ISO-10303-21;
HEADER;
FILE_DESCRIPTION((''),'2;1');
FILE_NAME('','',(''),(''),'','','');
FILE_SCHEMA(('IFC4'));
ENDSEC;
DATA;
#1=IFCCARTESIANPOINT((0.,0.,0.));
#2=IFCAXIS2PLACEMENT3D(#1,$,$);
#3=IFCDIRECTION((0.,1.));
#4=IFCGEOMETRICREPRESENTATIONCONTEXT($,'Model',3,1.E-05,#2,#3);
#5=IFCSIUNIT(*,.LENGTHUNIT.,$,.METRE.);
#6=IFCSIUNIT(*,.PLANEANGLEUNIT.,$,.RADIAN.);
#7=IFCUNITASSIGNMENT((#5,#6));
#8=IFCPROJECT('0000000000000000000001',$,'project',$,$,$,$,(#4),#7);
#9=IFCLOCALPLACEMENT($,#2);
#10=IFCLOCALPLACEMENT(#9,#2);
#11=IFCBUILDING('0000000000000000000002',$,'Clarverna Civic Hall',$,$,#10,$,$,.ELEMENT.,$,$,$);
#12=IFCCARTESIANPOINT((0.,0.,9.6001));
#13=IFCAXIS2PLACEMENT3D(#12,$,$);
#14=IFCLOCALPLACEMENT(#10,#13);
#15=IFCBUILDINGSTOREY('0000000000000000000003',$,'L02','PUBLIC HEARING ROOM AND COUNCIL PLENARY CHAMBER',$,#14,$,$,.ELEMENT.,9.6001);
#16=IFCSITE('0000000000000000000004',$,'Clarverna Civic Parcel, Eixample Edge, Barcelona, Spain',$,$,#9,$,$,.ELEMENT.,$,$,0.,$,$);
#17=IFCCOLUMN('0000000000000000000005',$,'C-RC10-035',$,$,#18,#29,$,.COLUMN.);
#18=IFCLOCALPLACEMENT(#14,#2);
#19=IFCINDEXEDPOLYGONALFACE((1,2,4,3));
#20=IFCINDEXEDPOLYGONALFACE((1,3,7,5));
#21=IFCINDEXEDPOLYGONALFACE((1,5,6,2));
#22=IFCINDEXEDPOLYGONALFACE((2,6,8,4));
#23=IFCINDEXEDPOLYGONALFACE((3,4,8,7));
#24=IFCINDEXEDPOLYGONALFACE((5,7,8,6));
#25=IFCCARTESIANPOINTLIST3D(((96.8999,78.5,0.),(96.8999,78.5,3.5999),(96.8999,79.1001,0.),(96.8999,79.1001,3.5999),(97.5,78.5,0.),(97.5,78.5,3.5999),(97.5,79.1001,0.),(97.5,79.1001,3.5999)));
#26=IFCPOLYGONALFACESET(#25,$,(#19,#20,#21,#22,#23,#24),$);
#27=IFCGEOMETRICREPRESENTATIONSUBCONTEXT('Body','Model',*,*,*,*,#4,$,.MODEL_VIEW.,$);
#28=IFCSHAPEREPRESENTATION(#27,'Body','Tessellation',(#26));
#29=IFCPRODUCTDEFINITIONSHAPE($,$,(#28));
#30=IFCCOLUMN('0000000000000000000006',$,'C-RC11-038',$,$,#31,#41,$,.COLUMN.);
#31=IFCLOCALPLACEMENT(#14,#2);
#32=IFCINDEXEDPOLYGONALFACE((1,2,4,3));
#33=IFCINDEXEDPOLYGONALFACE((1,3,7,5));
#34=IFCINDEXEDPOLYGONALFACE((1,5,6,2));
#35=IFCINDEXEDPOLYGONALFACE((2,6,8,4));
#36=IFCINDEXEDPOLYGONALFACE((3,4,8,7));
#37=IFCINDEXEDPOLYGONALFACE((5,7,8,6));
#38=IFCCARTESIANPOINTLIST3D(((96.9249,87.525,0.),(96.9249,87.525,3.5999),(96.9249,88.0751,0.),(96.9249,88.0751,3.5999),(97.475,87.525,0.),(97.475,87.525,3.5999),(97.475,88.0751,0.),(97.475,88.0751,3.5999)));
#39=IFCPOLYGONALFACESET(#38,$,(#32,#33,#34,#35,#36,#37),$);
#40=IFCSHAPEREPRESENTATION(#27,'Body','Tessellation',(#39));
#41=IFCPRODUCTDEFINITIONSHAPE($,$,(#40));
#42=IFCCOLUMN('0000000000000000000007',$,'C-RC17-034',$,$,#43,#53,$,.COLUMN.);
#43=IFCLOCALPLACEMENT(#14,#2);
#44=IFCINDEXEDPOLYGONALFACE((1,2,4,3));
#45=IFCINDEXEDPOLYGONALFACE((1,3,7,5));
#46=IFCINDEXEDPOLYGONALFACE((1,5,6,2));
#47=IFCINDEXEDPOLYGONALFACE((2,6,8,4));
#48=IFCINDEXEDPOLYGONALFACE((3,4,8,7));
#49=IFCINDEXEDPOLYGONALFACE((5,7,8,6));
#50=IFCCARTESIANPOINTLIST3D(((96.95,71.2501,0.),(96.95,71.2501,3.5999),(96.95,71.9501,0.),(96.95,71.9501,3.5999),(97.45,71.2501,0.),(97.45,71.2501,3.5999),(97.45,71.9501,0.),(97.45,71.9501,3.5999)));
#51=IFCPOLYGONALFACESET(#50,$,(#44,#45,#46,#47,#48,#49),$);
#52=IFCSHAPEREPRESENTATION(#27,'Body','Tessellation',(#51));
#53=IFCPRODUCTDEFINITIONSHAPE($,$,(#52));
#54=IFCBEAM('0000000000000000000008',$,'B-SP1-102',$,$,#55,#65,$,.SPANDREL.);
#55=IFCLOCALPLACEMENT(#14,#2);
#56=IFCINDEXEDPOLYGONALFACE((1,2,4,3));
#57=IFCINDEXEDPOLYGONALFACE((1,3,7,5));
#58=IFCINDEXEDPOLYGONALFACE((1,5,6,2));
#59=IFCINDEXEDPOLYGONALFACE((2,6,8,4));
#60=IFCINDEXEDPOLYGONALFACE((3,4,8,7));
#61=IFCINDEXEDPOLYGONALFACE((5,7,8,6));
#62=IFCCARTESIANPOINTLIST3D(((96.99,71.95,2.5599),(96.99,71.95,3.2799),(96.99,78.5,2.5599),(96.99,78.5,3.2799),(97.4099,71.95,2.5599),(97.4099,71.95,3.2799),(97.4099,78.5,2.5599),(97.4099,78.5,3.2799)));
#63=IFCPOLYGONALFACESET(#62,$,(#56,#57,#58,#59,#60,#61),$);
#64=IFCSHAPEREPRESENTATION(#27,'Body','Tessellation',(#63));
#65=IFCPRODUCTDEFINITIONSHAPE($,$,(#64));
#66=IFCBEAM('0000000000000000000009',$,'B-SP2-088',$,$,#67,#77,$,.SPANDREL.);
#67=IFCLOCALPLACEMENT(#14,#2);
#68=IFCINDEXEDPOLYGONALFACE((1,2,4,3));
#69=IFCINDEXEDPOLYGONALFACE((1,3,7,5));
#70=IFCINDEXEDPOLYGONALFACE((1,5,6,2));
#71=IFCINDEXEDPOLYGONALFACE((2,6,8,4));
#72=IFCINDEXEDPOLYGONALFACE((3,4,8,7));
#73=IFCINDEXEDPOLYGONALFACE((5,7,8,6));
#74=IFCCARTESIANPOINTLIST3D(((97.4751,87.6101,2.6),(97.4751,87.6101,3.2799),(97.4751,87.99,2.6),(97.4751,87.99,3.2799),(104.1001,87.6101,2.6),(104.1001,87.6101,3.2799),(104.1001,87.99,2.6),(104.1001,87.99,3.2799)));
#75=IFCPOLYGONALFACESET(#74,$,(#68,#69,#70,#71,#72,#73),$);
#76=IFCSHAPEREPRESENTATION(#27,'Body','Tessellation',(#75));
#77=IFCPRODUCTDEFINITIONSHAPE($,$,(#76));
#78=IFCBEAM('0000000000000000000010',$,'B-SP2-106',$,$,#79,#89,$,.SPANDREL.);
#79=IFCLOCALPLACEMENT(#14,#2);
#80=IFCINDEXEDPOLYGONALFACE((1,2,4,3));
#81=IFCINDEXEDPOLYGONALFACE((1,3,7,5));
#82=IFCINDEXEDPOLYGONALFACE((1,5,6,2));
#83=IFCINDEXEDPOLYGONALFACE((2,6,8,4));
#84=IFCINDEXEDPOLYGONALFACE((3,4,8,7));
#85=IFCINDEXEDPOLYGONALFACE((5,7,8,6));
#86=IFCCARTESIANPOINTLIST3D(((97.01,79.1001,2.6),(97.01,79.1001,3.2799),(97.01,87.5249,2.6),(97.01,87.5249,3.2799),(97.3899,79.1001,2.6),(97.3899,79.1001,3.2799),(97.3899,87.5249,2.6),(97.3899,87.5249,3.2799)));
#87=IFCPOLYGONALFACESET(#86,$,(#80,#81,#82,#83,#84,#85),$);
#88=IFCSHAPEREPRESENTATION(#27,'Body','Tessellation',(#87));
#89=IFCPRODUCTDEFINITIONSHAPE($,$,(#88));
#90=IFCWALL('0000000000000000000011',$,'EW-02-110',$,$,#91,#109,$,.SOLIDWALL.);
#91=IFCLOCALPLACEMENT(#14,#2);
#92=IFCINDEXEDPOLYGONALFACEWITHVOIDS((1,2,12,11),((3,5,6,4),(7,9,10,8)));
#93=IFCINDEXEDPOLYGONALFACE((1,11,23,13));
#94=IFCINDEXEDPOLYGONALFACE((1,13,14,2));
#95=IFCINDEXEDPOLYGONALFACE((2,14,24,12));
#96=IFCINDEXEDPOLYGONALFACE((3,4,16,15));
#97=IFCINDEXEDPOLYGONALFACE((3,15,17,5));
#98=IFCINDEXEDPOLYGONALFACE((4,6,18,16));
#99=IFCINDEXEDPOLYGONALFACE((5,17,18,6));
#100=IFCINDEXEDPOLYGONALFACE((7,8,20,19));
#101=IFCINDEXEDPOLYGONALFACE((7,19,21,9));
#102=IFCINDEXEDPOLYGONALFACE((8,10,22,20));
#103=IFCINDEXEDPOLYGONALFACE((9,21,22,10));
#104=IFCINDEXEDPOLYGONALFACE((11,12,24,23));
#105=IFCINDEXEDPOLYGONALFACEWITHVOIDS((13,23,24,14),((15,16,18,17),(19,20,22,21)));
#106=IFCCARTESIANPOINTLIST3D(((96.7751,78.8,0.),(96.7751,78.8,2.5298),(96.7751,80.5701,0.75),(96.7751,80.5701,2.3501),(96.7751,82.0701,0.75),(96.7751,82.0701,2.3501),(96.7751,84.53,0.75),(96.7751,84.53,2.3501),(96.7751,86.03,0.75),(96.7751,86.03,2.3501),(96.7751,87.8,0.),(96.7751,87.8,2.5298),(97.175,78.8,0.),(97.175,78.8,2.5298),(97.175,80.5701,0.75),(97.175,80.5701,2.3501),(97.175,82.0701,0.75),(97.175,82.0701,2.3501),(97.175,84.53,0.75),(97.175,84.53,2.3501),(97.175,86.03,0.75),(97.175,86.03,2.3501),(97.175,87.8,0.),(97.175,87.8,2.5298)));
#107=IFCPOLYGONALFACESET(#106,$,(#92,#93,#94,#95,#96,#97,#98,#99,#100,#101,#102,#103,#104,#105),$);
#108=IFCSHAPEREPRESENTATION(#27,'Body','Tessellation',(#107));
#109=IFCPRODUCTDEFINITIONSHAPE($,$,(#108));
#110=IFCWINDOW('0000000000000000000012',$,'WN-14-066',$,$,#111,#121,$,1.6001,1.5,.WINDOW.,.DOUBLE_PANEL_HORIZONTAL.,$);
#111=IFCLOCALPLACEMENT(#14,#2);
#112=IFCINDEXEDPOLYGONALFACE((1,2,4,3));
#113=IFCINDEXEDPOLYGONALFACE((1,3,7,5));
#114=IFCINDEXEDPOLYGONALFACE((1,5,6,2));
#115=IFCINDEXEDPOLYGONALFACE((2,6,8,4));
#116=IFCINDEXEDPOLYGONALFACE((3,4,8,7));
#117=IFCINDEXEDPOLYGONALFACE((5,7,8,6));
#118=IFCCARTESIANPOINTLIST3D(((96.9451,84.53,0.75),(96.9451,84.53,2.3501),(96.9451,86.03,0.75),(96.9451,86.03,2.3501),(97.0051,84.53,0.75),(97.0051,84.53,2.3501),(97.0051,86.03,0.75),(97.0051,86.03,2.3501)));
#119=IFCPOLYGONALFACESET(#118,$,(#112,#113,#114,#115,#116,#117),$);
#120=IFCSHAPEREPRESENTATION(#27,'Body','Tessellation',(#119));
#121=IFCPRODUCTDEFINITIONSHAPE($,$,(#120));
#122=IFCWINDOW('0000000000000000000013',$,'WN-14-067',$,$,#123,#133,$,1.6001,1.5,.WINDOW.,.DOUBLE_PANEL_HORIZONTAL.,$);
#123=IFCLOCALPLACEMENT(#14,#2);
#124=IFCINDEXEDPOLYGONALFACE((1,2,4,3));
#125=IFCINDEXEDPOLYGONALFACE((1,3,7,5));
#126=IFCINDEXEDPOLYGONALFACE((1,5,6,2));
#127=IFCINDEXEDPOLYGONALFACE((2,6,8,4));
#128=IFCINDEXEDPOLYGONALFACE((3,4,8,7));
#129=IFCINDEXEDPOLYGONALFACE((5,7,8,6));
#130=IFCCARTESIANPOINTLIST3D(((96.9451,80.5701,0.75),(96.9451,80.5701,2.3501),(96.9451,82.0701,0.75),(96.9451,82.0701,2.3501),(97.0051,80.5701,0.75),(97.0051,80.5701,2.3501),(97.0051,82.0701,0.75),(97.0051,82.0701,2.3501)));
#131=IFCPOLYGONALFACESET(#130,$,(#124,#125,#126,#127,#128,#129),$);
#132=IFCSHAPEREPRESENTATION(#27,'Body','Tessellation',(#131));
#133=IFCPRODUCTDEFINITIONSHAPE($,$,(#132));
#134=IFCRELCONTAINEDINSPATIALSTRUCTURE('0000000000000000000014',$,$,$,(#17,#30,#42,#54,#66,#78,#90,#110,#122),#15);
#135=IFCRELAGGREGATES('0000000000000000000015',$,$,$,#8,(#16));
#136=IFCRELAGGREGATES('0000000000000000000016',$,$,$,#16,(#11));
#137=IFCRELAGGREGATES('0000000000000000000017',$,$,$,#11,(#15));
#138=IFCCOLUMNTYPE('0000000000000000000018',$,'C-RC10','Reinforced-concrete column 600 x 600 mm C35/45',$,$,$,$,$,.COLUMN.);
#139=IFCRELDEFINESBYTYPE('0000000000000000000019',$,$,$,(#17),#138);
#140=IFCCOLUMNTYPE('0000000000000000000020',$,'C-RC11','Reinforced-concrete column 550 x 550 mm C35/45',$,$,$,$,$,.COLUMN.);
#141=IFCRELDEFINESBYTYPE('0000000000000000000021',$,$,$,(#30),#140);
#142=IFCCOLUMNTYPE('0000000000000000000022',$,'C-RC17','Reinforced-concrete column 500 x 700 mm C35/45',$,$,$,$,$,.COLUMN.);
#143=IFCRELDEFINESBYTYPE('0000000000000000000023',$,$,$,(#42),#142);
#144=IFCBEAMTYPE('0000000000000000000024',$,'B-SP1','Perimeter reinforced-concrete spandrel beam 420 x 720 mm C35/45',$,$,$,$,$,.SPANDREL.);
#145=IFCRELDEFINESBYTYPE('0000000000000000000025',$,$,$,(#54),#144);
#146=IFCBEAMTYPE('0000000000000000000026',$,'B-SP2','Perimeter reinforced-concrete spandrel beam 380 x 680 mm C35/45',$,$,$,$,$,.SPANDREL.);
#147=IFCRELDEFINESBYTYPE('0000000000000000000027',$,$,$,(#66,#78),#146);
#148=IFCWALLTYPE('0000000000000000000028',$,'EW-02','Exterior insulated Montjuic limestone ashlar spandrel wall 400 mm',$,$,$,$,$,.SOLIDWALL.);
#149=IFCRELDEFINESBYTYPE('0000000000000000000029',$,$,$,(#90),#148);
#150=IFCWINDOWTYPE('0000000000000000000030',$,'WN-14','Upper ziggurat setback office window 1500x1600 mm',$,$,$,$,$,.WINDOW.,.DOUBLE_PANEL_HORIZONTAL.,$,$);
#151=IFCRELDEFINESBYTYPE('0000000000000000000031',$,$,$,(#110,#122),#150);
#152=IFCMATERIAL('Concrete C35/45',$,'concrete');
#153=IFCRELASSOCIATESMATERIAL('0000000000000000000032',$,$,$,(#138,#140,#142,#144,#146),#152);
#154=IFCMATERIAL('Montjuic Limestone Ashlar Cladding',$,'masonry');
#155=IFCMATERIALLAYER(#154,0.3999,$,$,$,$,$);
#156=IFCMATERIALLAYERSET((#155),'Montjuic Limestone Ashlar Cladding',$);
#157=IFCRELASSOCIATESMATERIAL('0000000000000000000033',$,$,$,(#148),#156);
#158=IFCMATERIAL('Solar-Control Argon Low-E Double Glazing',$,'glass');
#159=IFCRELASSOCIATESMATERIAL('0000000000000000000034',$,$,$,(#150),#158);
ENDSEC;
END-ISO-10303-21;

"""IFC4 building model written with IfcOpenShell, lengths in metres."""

from ifc_helpers import new_model, si_unit, direction, frame, frame_2d, origin, origin_2d, place, context, subcontext, project, spatial, rectangle, extrude, material, layer, layer_set, material_profile, profile_set, type_object, element, fill, save


model = new_model("IFC4")

# Units and contexts
model_context = context("Model", 3, precision=1e-05, world=origin(), true_north=direction((0.0, 1.0)))
body_context = subcontext(model_context, "Body", "Model", "MODEL_VIEW")
ifc_project = project(units=[si_unit("LENGTHUNIT", "METRE"), si_unit("PLANEANGLEUNIT", "RADIAN")], contexts=[model_context])

# Site, building, storey
site_placement = place(None, origin())
site = spatial("IfcSite", under=ifc_project, at=site_placement, Name="Clarverna Civic Parcel, Eixample Edge, Barcelona, Spain", CompositionType="ELEMENT", RefElevation=0.0)
building_placement = place(site_placement, origin())
building = spatial("IfcBuilding", under=site, at=building_placement, Name="Clarverna Civic Hall", CompositionType="ELEMENT")
storey_placement = place(building_placement, frame((0.0, 0.0, 9.6001)))
storey = spatial("IfcBuildingStorey", under=building, at=storey_placement, Name="L02", Description="PUBLIC HEARING ROOM AND COUNCIL PLENARY CHAMBER", CompositionType="ELEMENT", Elevation=9.6001)

# Columns
ifc_material_1 = material(Name="Concrete C35/45", Category="concrete")
ifc_material_profile_1 = material_profile(ifc_material_1, rectangle(XDim=0.6001, YDim=0.6001, at=origin_2d()), Name="RC 600x600")
ifc_profile_set_1 = profile_set([ifc_material_profile_1], Name="Concrete C35/45")
column_type_1 = type_object("IfcColumnType", Name="C-RC10", Description="Reinforced-concrete column 600 x 600 mm C35/45", PredefinedType="COLUMN", material=ifc_profile_set_1)
column_1_placement = place(storey_placement, frame((97.2, 78.8, 0.0), z_axis=(0.0, 0.0, 1.0), x_axis=(1.0, 0.0, 0.0)))
element("IfcColumn", 1, at=column_1_placement, inside=storey, type_object=column_type_1, Name="C-RC10-035", PredefinedType="COLUMN", context=body_context, shape_type="SweptSolid", body=[
    extrude(rectangle(XDim=0.6001, YDim=0.6001, at=origin_2d()), origin(), (0.0, 0.0, 1.0), 3.5999),
])
ifc_material_profile_2 = material_profile(ifc_material_1, rectangle(XDim=0.55, YDim=0.55, at=origin_2d()), Name="RC 550x550")
ifc_profile_set_2 = profile_set([ifc_material_profile_2], Name="Concrete C35/45")
column_type_2 = type_object("IfcColumnType", Name="C-RC11", Description="Reinforced-concrete column 550 x 550 mm C35/45", PredefinedType="COLUMN", material=ifc_profile_set_2)
column_2_placement = place(storey_placement, frame((97.2, 87.8, 0.0), z_axis=(0.0, 0.0, 1.0), x_axis=(1.0, 0.0, 0.0)))
element("IfcColumn", 2, at=column_2_placement, inside=storey, type_object=column_type_2, Name="C-RC11-038", PredefinedType="COLUMN", context=body_context, shape_type="SweptSolid", body=[
    extrude(rectangle(XDim=0.55, YDim=0.55, at=origin_2d()), origin(), (0.0, 0.0, 1.0), 3.5999),
])
ifc_material_profile_3 = material_profile(ifc_material_1, rectangle(XDim=0.5, YDim=0.7, at=origin_2d()), Name="RC 500x700")
ifc_profile_set_3 = profile_set([ifc_material_profile_3], Name="Concrete C35/45")
column_type_3 = type_object("IfcColumnType", Name="C-RC17", Description="Reinforced-concrete column 500 x 700 mm C35/45", PredefinedType="COLUMN", material=ifc_profile_set_3)
column_3_placement = place(storey_placement, frame((97.2, 71.6001, 0.0), z_axis=(0.0, 0.0, 1.0), x_axis=(1.0, 0.0, 0.0)))
element("IfcColumn", 3, at=column_3_placement, inside=storey, type_object=column_type_3, Name="C-RC17-034", PredefinedType="COLUMN", context=body_context, shape_type="SweptSolid", body=[
    extrude(rectangle(XDim=0.5, YDim=0.7, at=origin_2d()), origin(), (0.0, 0.0, 1.0), 3.5999),
])

# Beams
ifc_material_profile_4 = material_profile(ifc_material_1, rectangle(XDim=0.4199, YDim=0.72, at=origin_2d()), Name="RC 420x720")
ifc_profile_set_4 = profile_set([ifc_material_profile_4], Name="Concrete C35/45")
beam_type_1 = type_object("IfcBeamType", Name="B-SP1", Description="Perimeter reinforced-concrete spandrel beam 420 x 720 mm C35/45", PredefinedType="SPANDREL", material=ifc_profile_set_4)
beam_1_placement = place(storey_placement, frame((97.2, 71.95, 2.9199), z_axis=(0.0, 1.0, 0.0), x_axis=(-1.0, 0.0, 0.0)))
element("IfcBeam", 4, at=beam_1_placement, inside=storey, type_object=beam_type_1, Name="B-SP1-102", PredefinedType="SPANDREL", context=body_context, shape_type="SweptSolid", body=[
    extrude(rectangle(XDim=0.4199, YDim=0.72, at=origin_2d()), origin(), (0.0, 0.0, 1.0), 6.55),
])
ifc_material_profile_5 = material_profile(ifc_material_1, rectangle(XDim=0.3799, YDim=0.6799, at=origin_2d()), Name="RC 380x680")
ifc_profile_set_5 = profile_set([ifc_material_profile_5], Name="Concrete C35/45")
beam_type_2 = type_object("IfcBeamType", Name="B-SP2", Description="Perimeter reinforced-concrete spandrel beam 380 x 680 mm C35/45", PredefinedType="SPANDREL", material=ifc_profile_set_5)
beam_2_placement = place(storey_placement, frame((97.4751, 87.8, 2.9399), z_axis=(1.0, 0.0, 0.0), x_axis=(0.0, 1.0, 0.0)))
element("IfcBeam", 5, at=beam_2_placement, inside=storey, type_object=beam_type_2, Name="B-SP2-088", PredefinedType="SPANDREL", context=body_context, shape_type="SweptSolid", body=[
    extrude(rectangle(XDim=0.3799, YDim=0.6799, at=origin_2d()), origin(), (0.0, 0.0, 1.0), 6.625),
])
beam_3_placement = place(storey_placement, frame((97.2, 79.1001, 2.9399), z_axis=(0.0, 1.0, 0.0), x_axis=(-1.0, 0.0, 0.0)))
element("IfcBeam", 6, at=beam_3_placement, inside=storey, type_object=beam_type_2, Name="B-SP2-106", PredefinedType="SPANDREL", context=body_context, shape_type="SweptSolid", body=[
    extrude(rectangle(XDim=0.3799, YDim=0.6799, at=origin_2d()), origin(), (0.0, 0.0, 1.0), 8.4248),
])

# Wall, openings, windows
ifc_material_2 = material(Name="Montjuic Limestone Ashlar Cladding", Category="masonry")
ifc_layer_1 = layer(ifc_material_2, 0.3999)
ifc_layer_set_1 = layer_set([ifc_layer_1], Name="Montjuic Limestone Ashlar Cladding")
wall_type_1 = type_object("IfcWallType", Name="EW-02", Description="Exterior insulated Montjuic limestone ashlar spandrel wall 400 mm", PredefinedType="SOLIDWALL", material=ifc_layer_set_1)
wall_1_placement = place(storey_placement, frame((96.9751, 87.8, 0.0), z_axis=(0.0, 0.0, 1.0), x_axis=(0.0, -1.0, 0.0)))
wall_1 = element("IfcWall", 7, at=wall_1_placement, inside=storey, type_object=wall_type_1, Name="EW-02-110", PredefinedType="SOLIDWALL", context=body_context, shape_type="SweptSolid", body=[
    extrude(rectangle(XDim=9.0, YDim=0.3999, at=frame_2d((4.5, 0.0))), origin(), (0.0, 0.0, 1.0), 2.5298),
])
opening_1_placement = place(wall_1_placement, frame((1.77, 0.0, 0.75)))
opening_1 = element("IfcOpeningElement", 8, at=opening_1_placement, cuts=wall_1, PredefinedType="OPENING", context=body_context, shape_type="SweptSolid", body=[
    extrude(rectangle(XDim=1.5, YDim=1.6001, at=frame_2d((0.75, 0.8))), frame((0.0, 0.21, 0.0), z_axis=(0.0, -1.0, 0.0), x_axis=(1.0, 0.0, 0.0)), (0.0, 0.0, 1.0), 0.4199),
])
opening_2_placement = place(wall_1_placement, frame((5.73, 0.0, 0.75)))
opening_2 = element("IfcOpeningElement", 9, at=opening_2_placement, cuts=wall_1, PredefinedType="OPENING", context=body_context, shape_type="SweptSolid", body=[
    extrude(rectangle(XDim=1.5, YDim=1.6001, at=frame_2d((0.75, 0.8))), frame((0.0, 0.21, 0.0), z_axis=(0.0, -1.0, 0.0), x_axis=(1.0, 0.0, 0.0)), (0.0, 0.0, 1.0), 0.4199),
])
ifc_material_3 = material(Name="Solar-Control Argon Low-E Double Glazing", Category="glass")
window_type = type_object("IfcWindowType", Name="WN-14", Description="Upper ziggurat setback office window 1500x1600 mm", PartitioningType="DOUBLE_PANEL_HORIZONTAL", PredefinedType="WINDOW", material=ifc_material_3)
window_1_placement = place(opening_1_placement, origin())
window_1 = element("IfcWindow", 10, at=window_1_placement, inside=storey, type_object=window_type, Name="WN-14-066", OverallHeight=1.6001, OverallWidth=1.5, PartitioningType="DOUBLE_PANEL_HORIZONTAL", PredefinedType="WINDOW", context=body_context, shape_type="SweptSolid", body=[
    extrude(rectangle(XDim=1.5, YDim=1.6001, at=frame_2d((0.75, 0.8))), frame((0.0, 0.03, 0.0), z_axis=(0.0, -1.0, 0.0), x_axis=(1.0, 0.0, 0.0)), (0.0, 0.0, 1.0), 0.0601),
])
fill(opening_1, window_1)
window_2_placement = place(opening_2_placement, origin())
window_2 = element("IfcWindow", 11, at=window_2_placement, inside=storey, type_object=window_type, Name="WN-14-067", OverallHeight=1.6001, OverallWidth=1.5, PartitioningType="DOUBLE_PANEL_HORIZONTAL", PredefinedType="WINDOW", context=body_context, shape_type="SweptSolid", body=[
    extrude(rectangle(XDim=1.5, YDim=1.6001, at=frame_2d((0.75, 0.8))), frame((0.0, 0.03, 0.0), z_axis=(0.0, -1.0, 0.0), x_axis=(1.0, 0.0, 0.0)), (0.0, 0.0, 1.0), 0.0601),
])
fill(opening_2, window_2)

save(model, "model.ifc")
